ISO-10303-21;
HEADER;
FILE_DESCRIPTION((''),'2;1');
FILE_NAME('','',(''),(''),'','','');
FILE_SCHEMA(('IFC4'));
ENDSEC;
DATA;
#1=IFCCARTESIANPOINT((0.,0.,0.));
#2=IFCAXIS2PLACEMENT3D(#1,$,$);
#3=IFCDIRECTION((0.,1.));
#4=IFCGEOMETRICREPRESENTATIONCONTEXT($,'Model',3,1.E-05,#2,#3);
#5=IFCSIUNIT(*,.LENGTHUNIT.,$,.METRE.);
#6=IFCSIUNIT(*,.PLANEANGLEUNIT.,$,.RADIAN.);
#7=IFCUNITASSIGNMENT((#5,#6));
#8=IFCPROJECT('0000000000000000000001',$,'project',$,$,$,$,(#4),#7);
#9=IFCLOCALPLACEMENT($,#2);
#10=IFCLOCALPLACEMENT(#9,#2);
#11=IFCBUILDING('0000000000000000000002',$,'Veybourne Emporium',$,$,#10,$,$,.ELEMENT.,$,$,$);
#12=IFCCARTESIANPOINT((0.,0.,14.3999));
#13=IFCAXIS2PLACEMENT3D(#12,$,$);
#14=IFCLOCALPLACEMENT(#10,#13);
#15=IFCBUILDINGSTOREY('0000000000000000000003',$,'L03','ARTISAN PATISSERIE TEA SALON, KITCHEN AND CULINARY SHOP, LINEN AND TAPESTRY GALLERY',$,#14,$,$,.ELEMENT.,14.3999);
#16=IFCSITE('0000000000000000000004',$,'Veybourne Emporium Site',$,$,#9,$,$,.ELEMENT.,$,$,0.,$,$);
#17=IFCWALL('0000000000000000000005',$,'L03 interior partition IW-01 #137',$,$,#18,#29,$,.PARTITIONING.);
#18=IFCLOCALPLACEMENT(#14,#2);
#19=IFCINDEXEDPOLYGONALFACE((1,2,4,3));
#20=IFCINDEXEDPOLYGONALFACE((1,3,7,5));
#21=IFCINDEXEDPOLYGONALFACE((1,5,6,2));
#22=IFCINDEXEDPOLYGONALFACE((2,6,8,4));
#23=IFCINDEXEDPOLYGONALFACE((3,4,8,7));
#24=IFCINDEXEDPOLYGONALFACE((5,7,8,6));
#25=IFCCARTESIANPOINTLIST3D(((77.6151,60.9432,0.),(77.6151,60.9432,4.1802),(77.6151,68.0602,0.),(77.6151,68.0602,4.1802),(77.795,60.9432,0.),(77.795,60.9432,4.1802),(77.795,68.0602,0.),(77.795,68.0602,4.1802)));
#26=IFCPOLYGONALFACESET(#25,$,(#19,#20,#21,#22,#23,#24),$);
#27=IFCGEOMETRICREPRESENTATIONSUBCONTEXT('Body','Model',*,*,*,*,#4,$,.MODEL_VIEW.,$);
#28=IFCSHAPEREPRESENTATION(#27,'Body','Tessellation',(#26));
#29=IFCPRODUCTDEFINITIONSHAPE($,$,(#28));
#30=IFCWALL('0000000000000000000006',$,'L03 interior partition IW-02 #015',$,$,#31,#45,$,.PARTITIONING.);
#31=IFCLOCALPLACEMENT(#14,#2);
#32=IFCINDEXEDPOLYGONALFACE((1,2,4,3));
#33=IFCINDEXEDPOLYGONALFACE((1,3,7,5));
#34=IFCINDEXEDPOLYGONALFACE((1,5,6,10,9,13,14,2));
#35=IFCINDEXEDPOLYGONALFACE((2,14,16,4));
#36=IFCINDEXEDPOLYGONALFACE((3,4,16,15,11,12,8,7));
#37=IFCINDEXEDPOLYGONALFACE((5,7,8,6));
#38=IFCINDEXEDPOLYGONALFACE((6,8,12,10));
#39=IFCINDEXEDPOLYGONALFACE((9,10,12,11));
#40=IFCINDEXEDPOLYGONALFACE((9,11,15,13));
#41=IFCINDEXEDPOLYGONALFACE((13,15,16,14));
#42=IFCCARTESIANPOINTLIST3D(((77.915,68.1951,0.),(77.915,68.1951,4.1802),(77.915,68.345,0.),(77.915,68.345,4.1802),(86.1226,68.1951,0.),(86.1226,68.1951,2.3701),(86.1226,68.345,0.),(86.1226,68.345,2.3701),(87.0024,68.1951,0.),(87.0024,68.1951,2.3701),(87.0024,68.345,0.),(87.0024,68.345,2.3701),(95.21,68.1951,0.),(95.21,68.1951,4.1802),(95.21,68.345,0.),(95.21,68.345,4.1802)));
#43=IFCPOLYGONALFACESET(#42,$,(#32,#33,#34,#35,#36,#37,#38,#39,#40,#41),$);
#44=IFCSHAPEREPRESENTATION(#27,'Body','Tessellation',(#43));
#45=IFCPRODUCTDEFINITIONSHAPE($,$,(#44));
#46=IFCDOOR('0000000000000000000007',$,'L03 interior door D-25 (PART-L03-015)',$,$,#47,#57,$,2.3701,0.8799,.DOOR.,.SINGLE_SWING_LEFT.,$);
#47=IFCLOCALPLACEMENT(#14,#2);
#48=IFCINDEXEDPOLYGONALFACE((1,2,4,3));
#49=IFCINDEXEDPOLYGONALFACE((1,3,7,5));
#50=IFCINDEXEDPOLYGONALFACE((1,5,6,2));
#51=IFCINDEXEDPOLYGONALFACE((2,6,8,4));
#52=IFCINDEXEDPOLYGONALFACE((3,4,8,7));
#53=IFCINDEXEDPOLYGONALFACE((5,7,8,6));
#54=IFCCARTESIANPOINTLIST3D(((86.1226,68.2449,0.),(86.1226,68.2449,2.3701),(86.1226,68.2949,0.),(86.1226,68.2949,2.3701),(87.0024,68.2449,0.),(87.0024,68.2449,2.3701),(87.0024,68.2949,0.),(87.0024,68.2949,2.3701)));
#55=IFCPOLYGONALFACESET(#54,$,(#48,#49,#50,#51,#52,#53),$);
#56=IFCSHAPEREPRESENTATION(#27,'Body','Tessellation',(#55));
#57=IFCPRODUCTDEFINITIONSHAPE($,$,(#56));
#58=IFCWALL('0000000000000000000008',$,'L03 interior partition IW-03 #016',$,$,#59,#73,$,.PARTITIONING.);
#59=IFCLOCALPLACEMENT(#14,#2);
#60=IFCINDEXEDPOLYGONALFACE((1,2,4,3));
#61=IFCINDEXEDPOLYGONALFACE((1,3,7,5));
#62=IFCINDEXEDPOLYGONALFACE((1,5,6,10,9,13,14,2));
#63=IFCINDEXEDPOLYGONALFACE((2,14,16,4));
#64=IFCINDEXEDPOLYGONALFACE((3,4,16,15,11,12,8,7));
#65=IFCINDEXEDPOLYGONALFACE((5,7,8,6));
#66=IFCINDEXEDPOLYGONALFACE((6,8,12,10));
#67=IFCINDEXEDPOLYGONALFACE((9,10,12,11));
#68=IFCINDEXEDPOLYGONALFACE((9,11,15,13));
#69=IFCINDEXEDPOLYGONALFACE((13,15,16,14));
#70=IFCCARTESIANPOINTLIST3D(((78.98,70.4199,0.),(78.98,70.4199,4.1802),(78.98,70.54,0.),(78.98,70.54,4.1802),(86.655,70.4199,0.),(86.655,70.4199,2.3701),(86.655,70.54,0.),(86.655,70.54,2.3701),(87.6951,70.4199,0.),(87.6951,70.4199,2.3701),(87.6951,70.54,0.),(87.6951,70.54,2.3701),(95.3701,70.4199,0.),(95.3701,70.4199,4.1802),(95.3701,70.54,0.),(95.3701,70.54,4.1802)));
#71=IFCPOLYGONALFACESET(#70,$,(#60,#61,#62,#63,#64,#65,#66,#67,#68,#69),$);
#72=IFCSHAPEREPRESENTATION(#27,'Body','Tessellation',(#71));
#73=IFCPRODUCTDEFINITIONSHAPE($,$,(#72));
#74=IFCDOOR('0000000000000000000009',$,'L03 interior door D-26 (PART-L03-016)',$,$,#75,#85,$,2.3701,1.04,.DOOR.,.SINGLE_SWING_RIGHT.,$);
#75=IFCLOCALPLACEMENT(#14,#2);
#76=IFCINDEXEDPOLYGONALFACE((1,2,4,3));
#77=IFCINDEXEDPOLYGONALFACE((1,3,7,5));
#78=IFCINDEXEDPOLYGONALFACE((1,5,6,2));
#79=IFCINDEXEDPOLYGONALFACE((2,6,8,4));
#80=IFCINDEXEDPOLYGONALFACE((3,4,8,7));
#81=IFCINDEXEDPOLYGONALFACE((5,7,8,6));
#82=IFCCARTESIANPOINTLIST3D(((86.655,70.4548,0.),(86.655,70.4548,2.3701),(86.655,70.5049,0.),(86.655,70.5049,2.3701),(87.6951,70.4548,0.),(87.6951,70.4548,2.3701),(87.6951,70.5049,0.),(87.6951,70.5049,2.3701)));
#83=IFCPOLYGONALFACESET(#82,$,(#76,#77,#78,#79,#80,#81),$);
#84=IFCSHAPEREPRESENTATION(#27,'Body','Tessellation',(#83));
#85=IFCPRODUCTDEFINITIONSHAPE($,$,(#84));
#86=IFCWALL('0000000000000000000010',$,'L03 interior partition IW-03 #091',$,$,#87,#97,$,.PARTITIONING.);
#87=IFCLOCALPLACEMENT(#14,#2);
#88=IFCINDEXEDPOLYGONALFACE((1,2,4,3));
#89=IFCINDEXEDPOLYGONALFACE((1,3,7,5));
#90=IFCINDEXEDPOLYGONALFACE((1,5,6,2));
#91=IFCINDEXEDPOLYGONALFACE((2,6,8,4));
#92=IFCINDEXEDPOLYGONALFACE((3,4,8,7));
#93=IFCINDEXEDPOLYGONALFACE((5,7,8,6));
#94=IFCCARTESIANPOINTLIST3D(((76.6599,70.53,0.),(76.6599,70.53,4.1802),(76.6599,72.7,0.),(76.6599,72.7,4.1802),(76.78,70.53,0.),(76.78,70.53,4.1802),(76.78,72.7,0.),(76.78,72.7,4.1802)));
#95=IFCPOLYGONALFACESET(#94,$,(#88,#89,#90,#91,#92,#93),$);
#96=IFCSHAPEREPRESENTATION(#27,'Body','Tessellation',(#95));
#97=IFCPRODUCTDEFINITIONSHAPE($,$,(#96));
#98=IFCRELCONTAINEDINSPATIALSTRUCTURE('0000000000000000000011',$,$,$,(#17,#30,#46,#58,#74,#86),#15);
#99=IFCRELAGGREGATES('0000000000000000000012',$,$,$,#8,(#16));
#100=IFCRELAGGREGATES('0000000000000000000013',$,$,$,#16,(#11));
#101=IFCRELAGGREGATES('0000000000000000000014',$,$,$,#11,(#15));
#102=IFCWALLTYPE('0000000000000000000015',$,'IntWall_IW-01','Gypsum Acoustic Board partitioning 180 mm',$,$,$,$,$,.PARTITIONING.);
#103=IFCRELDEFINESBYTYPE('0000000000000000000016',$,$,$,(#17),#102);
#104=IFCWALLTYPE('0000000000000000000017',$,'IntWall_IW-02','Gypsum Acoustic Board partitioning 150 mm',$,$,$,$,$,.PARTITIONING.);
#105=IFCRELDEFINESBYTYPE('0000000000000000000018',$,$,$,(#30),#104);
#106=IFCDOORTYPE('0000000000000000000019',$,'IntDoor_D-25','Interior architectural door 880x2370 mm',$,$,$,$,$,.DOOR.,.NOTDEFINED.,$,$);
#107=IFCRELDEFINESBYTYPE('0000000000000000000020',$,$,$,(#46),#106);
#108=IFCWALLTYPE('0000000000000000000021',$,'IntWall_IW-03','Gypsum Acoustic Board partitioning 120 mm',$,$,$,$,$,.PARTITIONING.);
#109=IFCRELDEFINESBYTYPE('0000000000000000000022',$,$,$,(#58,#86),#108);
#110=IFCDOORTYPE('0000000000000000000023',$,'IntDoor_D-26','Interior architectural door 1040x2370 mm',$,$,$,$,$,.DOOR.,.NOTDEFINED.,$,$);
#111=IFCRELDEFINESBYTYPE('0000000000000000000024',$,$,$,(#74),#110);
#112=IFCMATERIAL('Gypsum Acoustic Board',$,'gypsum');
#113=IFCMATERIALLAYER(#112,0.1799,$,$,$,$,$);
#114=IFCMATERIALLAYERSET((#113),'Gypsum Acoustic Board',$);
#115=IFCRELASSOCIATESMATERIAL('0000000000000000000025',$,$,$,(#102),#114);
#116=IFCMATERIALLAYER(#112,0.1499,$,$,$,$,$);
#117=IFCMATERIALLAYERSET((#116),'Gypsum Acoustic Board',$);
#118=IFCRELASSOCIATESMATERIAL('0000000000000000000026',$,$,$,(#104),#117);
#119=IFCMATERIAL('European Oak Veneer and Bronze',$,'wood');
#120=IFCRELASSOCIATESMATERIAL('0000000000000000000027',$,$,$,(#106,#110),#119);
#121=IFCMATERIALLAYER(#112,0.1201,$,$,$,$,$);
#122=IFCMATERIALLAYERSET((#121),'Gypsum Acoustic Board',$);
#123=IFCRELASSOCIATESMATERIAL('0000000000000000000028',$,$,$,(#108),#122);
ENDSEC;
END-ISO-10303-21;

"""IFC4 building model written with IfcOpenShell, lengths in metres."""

from ifc_helpers import new_model, si_unit, direction, frame, frame_2d, origin, place, context, subcontext, project, spatial, rectangle, extrude, material, layer, layer_set, type_object, element, fill, save


model = new_model("IFC4")

# Units and contexts
model_context = context("Model", 3, precision=1e-05, world=origin(), true_north=direction((0.0, 1.0)))
body_context = subcontext(model_context, "Body", "Model", "MODEL_VIEW")
ifc_project = project(units=[si_unit("LENGTHUNIT", "METRE"), si_unit("PLANEANGLEUNIT", "RADIAN")], contexts=[model_context])

# Site, building, storey
site_placement = place(None, origin())
site = spatial("IfcSite", under=ifc_project, at=site_placement, Name="Veybourne Emporium Site", CompositionType="ELEMENT", RefElevation=0.0)
building_placement = place(site_placement, origin())
building = spatial("IfcBuilding", under=site, at=building_placement, Name="Veybourne Emporium", CompositionType="ELEMENT")
storey_placement = place(building_placement, frame((0.0, 0.0, 14.3999)))
storey = spatial("IfcBuildingStorey", under=building, at=storey_placement, Name="L03", Description="ARTISAN PATISSERIE TEA SALON, KITCHEN AND CULINARY SHOP, LINEN AND TAPESTRY GALLERY", CompositionType="ELEMENT", Elevation=14.3999)

# Shared definitions
ifc_material_1 = material(Name="Gypsum Acoustic Board", Category="gypsum")
ifc_layer_1 = layer(ifc_material_1, 0.1799)
ifc_layer_set_1 = layer_set([ifc_layer_1], Name="Gypsum Acoustic Board")
wall_type_1 = type_object("IfcWallType", Name="IntWall_IW-01", Description="Gypsum Acoustic Board partitioning 180 mm", PredefinedType="PARTITIONING", material=ifc_layer_set_1)
ifc_material_2 = material(Name="European Oak Veneer and Bronze", Category="wood")

# Wall
wall_1_placement = place(storey_placement, frame((77.7051, 60.9431, 0.0), z_axis=(0.0, 0.0, 1.0), x_axis=(0.0, 1.0, 0.0)))
element("IfcWall", 1, at=wall_1_placement, inside=storey, type_object=wall_type_1, Name="L03 interior partition IW-01 #137", PredefinedType="PARTITIONING", context=body_context, shape_type="SweptSolid", body=[
    extrude(rectangle(XDim=7.1169, YDim=0.1799, at=frame_2d((3.5586, 0.0))), origin(), (0.0, 0.0, 1.0), 4.1802),
])

# Walls, openings, doors
ifc_layer_2 = layer(ifc_material_1, 0.1499)
ifc_layer_set_2 = layer_set([ifc_layer_2], Name="Gypsum Acoustic Board")
wall_type_2 = type_object("IfcWallType", Name="IntWall_IW-02", Description="Gypsum Acoustic Board partitioning 150 mm", PredefinedType="PARTITIONING", material=ifc_layer_set_2)
wall_2_placement = place(storey_placement, frame((77.915, 68.27, 0.0), z_axis=(0.0, 0.0, 1.0), x_axis=(1.0, 0.0, 0.0)))
wall_2 = element("IfcWall", 2, at=wall_2_placement, inside=storey, type_object=wall_type_2, Name="L03 interior partition IW-02 #015", PredefinedType="PARTITIONING", context=body_context, shape_type="SweptSolid", body=[
    extrude(rectangle(XDim=17.2949, YDim=0.1499, at=frame_2d((8.6475, 0.0))), origin(), (0.0, 0.0, 1.0), 4.1802),
])
opening_1_placement = place(wall_2_placement, frame((8.2075, 0.0, 0.0)))
opening_1 = element("IfcOpeningElement", 3, at=opening_1_placement, cuts=wall_2, PredefinedType="OPENING", context=body_context, shape_type="SweptSolid", body=[
    extrude(rectangle(XDim=0.8799, YDim=2.3701, at=frame_2d((0.4399, 1.1851))), frame((0.0, 0.095, 0.0), z_axis=(0.0, -1.0, 0.0), x_axis=(1.0, 0.0, 0.0)), (0.0, 0.0, 1.0), 0.1899),
])
door_type_1 = type_object("IfcDoorType", Name="IntDoor_D-25", Description="Interior architectural door 880x2370 mm", OperationType="NOTDEFINED", PredefinedType="DOOR", material=ifc_material_2)
door_1_placement = place(opening_1_placement, origin())
door_1 = element("IfcDoor", 4, at=door_1_placement, inside=storey, type_object=door_type_1, Name="L03 interior door D-25 (PART-L03-015)", OperationType="SINGLE_SWING_LEFT", OverallHeight=2.3701, OverallWidth=0.8799, PredefinedType="DOOR", context=body_context, shape_type="SweptSolid", body=[
    extrude(rectangle(XDim=0.8799, YDim=2.3701, at=frame_2d((0.4399, 1.1851))), frame((0.0, 0.0249, 0.0), z_axis=(0.0, -1.0, 0.0), x_axis=(1.0, 0.0, 0.0)), (0.0, 0.0, 1.0), 0.05),
])
fill(opening_1, door_1)
ifc_layer_3 = layer(ifc_material_1, 0.1201)
ifc_layer_set_3 = layer_set([ifc_layer_3], Name="Gypsum Acoustic Board")
wall_type_3 = type_object("IfcWallType", Name="IntWall_IW-03", Description="Gypsum Acoustic Board partitioning 120 mm", PredefinedType="PARTITIONING", material=ifc_layer_set_3)
wall_3_placement = place(storey_placement, frame((78.98, 70.48, 0.0), z_axis=(0.0, 0.0, 1.0), x_axis=(1.0, 0.0, 0.0)))
wall_3 = element("IfcWall", 5, at=wall_3_placement, inside=storey, type_object=wall_type_3, Name="L03 interior partition IW-03 #016", PredefinedType="PARTITIONING", context=body_context, shape_type="SweptSolid", body=[
    extrude(rectangle(XDim=16.3901, YDim=0.1201, at=frame_2d((8.1951, 0.0))), origin(), (0.0, 0.0, 1.0), 4.1802),
])
opening_2_placement = place(wall_3_placement, frame((7.675, 0.0, 0.0)))
opening_2 = element("IfcOpeningElement", 6, at=opening_2_placement, cuts=wall_3, PredefinedType="OPENING", context=body_context, shape_type="SweptSolid", body=[
    extrude(rectangle(XDim=1.04, YDim=2.3701, at=frame_2d((0.52, 1.1851))), frame((0.0, 0.0801, 0.0), z_axis=(0.0, -1.0, 0.0), x_axis=(1.0, 0.0, 0.0)), (0.0, 0.0, 1.0), 0.1602),
])
door_type_2 = type_object("IfcDoorType", Name="IntDoor_D-26", Description="Interior architectural door 1040x2370 mm", OperationType="NOTDEFINED", PredefinedType="DOOR", material=ifc_material_2)
door_2_placement = place(opening_2_placement, origin())
door_2 = element("IfcDoor", 7, at=door_2_placement, inside=storey, type_object=door_type_2, Name="L03 interior door D-26 (PART-L03-016)", OperationType="SINGLE_SWING_RIGHT", OverallHeight=2.3701, OverallWidth=1.04, PredefinedType="DOOR", context=body_context, shape_type="SweptSolid", body=[
    extrude(rectangle(XDim=1.04, YDim=2.3701, at=frame_2d((0.52, 1.1851))), frame((0.0, 0.0249, 0.0), z_axis=(0.0, -1.0, 0.0), x_axis=(1.0, 0.0, 0.0)), (0.0, 0.0, 1.0), 0.05),
])
fill(opening_2, door_2)

# Wall
wall_4_placement = place(storey_placement, frame((76.72, 70.53, 0.0), z_axis=(0.0, 0.0, 1.0), x_axis=(0.0, 1.0, 0.0)))
element("IfcWall", 8, at=wall_4_placement, inside=storey, type_object=wall_type_3, Name="L03 interior partition IW-03 #091", PredefinedType="PARTITIONING", context=body_context, shape_type="SweptSolid", body=[
    extrude(rectangle(XDim=2.1699, YDim=0.1201, at=frame_2d((1.085, 0.0))), origin(), (0.0, 0.0, 1.0), 4.1802),
])

save(model, "model.ifc")
